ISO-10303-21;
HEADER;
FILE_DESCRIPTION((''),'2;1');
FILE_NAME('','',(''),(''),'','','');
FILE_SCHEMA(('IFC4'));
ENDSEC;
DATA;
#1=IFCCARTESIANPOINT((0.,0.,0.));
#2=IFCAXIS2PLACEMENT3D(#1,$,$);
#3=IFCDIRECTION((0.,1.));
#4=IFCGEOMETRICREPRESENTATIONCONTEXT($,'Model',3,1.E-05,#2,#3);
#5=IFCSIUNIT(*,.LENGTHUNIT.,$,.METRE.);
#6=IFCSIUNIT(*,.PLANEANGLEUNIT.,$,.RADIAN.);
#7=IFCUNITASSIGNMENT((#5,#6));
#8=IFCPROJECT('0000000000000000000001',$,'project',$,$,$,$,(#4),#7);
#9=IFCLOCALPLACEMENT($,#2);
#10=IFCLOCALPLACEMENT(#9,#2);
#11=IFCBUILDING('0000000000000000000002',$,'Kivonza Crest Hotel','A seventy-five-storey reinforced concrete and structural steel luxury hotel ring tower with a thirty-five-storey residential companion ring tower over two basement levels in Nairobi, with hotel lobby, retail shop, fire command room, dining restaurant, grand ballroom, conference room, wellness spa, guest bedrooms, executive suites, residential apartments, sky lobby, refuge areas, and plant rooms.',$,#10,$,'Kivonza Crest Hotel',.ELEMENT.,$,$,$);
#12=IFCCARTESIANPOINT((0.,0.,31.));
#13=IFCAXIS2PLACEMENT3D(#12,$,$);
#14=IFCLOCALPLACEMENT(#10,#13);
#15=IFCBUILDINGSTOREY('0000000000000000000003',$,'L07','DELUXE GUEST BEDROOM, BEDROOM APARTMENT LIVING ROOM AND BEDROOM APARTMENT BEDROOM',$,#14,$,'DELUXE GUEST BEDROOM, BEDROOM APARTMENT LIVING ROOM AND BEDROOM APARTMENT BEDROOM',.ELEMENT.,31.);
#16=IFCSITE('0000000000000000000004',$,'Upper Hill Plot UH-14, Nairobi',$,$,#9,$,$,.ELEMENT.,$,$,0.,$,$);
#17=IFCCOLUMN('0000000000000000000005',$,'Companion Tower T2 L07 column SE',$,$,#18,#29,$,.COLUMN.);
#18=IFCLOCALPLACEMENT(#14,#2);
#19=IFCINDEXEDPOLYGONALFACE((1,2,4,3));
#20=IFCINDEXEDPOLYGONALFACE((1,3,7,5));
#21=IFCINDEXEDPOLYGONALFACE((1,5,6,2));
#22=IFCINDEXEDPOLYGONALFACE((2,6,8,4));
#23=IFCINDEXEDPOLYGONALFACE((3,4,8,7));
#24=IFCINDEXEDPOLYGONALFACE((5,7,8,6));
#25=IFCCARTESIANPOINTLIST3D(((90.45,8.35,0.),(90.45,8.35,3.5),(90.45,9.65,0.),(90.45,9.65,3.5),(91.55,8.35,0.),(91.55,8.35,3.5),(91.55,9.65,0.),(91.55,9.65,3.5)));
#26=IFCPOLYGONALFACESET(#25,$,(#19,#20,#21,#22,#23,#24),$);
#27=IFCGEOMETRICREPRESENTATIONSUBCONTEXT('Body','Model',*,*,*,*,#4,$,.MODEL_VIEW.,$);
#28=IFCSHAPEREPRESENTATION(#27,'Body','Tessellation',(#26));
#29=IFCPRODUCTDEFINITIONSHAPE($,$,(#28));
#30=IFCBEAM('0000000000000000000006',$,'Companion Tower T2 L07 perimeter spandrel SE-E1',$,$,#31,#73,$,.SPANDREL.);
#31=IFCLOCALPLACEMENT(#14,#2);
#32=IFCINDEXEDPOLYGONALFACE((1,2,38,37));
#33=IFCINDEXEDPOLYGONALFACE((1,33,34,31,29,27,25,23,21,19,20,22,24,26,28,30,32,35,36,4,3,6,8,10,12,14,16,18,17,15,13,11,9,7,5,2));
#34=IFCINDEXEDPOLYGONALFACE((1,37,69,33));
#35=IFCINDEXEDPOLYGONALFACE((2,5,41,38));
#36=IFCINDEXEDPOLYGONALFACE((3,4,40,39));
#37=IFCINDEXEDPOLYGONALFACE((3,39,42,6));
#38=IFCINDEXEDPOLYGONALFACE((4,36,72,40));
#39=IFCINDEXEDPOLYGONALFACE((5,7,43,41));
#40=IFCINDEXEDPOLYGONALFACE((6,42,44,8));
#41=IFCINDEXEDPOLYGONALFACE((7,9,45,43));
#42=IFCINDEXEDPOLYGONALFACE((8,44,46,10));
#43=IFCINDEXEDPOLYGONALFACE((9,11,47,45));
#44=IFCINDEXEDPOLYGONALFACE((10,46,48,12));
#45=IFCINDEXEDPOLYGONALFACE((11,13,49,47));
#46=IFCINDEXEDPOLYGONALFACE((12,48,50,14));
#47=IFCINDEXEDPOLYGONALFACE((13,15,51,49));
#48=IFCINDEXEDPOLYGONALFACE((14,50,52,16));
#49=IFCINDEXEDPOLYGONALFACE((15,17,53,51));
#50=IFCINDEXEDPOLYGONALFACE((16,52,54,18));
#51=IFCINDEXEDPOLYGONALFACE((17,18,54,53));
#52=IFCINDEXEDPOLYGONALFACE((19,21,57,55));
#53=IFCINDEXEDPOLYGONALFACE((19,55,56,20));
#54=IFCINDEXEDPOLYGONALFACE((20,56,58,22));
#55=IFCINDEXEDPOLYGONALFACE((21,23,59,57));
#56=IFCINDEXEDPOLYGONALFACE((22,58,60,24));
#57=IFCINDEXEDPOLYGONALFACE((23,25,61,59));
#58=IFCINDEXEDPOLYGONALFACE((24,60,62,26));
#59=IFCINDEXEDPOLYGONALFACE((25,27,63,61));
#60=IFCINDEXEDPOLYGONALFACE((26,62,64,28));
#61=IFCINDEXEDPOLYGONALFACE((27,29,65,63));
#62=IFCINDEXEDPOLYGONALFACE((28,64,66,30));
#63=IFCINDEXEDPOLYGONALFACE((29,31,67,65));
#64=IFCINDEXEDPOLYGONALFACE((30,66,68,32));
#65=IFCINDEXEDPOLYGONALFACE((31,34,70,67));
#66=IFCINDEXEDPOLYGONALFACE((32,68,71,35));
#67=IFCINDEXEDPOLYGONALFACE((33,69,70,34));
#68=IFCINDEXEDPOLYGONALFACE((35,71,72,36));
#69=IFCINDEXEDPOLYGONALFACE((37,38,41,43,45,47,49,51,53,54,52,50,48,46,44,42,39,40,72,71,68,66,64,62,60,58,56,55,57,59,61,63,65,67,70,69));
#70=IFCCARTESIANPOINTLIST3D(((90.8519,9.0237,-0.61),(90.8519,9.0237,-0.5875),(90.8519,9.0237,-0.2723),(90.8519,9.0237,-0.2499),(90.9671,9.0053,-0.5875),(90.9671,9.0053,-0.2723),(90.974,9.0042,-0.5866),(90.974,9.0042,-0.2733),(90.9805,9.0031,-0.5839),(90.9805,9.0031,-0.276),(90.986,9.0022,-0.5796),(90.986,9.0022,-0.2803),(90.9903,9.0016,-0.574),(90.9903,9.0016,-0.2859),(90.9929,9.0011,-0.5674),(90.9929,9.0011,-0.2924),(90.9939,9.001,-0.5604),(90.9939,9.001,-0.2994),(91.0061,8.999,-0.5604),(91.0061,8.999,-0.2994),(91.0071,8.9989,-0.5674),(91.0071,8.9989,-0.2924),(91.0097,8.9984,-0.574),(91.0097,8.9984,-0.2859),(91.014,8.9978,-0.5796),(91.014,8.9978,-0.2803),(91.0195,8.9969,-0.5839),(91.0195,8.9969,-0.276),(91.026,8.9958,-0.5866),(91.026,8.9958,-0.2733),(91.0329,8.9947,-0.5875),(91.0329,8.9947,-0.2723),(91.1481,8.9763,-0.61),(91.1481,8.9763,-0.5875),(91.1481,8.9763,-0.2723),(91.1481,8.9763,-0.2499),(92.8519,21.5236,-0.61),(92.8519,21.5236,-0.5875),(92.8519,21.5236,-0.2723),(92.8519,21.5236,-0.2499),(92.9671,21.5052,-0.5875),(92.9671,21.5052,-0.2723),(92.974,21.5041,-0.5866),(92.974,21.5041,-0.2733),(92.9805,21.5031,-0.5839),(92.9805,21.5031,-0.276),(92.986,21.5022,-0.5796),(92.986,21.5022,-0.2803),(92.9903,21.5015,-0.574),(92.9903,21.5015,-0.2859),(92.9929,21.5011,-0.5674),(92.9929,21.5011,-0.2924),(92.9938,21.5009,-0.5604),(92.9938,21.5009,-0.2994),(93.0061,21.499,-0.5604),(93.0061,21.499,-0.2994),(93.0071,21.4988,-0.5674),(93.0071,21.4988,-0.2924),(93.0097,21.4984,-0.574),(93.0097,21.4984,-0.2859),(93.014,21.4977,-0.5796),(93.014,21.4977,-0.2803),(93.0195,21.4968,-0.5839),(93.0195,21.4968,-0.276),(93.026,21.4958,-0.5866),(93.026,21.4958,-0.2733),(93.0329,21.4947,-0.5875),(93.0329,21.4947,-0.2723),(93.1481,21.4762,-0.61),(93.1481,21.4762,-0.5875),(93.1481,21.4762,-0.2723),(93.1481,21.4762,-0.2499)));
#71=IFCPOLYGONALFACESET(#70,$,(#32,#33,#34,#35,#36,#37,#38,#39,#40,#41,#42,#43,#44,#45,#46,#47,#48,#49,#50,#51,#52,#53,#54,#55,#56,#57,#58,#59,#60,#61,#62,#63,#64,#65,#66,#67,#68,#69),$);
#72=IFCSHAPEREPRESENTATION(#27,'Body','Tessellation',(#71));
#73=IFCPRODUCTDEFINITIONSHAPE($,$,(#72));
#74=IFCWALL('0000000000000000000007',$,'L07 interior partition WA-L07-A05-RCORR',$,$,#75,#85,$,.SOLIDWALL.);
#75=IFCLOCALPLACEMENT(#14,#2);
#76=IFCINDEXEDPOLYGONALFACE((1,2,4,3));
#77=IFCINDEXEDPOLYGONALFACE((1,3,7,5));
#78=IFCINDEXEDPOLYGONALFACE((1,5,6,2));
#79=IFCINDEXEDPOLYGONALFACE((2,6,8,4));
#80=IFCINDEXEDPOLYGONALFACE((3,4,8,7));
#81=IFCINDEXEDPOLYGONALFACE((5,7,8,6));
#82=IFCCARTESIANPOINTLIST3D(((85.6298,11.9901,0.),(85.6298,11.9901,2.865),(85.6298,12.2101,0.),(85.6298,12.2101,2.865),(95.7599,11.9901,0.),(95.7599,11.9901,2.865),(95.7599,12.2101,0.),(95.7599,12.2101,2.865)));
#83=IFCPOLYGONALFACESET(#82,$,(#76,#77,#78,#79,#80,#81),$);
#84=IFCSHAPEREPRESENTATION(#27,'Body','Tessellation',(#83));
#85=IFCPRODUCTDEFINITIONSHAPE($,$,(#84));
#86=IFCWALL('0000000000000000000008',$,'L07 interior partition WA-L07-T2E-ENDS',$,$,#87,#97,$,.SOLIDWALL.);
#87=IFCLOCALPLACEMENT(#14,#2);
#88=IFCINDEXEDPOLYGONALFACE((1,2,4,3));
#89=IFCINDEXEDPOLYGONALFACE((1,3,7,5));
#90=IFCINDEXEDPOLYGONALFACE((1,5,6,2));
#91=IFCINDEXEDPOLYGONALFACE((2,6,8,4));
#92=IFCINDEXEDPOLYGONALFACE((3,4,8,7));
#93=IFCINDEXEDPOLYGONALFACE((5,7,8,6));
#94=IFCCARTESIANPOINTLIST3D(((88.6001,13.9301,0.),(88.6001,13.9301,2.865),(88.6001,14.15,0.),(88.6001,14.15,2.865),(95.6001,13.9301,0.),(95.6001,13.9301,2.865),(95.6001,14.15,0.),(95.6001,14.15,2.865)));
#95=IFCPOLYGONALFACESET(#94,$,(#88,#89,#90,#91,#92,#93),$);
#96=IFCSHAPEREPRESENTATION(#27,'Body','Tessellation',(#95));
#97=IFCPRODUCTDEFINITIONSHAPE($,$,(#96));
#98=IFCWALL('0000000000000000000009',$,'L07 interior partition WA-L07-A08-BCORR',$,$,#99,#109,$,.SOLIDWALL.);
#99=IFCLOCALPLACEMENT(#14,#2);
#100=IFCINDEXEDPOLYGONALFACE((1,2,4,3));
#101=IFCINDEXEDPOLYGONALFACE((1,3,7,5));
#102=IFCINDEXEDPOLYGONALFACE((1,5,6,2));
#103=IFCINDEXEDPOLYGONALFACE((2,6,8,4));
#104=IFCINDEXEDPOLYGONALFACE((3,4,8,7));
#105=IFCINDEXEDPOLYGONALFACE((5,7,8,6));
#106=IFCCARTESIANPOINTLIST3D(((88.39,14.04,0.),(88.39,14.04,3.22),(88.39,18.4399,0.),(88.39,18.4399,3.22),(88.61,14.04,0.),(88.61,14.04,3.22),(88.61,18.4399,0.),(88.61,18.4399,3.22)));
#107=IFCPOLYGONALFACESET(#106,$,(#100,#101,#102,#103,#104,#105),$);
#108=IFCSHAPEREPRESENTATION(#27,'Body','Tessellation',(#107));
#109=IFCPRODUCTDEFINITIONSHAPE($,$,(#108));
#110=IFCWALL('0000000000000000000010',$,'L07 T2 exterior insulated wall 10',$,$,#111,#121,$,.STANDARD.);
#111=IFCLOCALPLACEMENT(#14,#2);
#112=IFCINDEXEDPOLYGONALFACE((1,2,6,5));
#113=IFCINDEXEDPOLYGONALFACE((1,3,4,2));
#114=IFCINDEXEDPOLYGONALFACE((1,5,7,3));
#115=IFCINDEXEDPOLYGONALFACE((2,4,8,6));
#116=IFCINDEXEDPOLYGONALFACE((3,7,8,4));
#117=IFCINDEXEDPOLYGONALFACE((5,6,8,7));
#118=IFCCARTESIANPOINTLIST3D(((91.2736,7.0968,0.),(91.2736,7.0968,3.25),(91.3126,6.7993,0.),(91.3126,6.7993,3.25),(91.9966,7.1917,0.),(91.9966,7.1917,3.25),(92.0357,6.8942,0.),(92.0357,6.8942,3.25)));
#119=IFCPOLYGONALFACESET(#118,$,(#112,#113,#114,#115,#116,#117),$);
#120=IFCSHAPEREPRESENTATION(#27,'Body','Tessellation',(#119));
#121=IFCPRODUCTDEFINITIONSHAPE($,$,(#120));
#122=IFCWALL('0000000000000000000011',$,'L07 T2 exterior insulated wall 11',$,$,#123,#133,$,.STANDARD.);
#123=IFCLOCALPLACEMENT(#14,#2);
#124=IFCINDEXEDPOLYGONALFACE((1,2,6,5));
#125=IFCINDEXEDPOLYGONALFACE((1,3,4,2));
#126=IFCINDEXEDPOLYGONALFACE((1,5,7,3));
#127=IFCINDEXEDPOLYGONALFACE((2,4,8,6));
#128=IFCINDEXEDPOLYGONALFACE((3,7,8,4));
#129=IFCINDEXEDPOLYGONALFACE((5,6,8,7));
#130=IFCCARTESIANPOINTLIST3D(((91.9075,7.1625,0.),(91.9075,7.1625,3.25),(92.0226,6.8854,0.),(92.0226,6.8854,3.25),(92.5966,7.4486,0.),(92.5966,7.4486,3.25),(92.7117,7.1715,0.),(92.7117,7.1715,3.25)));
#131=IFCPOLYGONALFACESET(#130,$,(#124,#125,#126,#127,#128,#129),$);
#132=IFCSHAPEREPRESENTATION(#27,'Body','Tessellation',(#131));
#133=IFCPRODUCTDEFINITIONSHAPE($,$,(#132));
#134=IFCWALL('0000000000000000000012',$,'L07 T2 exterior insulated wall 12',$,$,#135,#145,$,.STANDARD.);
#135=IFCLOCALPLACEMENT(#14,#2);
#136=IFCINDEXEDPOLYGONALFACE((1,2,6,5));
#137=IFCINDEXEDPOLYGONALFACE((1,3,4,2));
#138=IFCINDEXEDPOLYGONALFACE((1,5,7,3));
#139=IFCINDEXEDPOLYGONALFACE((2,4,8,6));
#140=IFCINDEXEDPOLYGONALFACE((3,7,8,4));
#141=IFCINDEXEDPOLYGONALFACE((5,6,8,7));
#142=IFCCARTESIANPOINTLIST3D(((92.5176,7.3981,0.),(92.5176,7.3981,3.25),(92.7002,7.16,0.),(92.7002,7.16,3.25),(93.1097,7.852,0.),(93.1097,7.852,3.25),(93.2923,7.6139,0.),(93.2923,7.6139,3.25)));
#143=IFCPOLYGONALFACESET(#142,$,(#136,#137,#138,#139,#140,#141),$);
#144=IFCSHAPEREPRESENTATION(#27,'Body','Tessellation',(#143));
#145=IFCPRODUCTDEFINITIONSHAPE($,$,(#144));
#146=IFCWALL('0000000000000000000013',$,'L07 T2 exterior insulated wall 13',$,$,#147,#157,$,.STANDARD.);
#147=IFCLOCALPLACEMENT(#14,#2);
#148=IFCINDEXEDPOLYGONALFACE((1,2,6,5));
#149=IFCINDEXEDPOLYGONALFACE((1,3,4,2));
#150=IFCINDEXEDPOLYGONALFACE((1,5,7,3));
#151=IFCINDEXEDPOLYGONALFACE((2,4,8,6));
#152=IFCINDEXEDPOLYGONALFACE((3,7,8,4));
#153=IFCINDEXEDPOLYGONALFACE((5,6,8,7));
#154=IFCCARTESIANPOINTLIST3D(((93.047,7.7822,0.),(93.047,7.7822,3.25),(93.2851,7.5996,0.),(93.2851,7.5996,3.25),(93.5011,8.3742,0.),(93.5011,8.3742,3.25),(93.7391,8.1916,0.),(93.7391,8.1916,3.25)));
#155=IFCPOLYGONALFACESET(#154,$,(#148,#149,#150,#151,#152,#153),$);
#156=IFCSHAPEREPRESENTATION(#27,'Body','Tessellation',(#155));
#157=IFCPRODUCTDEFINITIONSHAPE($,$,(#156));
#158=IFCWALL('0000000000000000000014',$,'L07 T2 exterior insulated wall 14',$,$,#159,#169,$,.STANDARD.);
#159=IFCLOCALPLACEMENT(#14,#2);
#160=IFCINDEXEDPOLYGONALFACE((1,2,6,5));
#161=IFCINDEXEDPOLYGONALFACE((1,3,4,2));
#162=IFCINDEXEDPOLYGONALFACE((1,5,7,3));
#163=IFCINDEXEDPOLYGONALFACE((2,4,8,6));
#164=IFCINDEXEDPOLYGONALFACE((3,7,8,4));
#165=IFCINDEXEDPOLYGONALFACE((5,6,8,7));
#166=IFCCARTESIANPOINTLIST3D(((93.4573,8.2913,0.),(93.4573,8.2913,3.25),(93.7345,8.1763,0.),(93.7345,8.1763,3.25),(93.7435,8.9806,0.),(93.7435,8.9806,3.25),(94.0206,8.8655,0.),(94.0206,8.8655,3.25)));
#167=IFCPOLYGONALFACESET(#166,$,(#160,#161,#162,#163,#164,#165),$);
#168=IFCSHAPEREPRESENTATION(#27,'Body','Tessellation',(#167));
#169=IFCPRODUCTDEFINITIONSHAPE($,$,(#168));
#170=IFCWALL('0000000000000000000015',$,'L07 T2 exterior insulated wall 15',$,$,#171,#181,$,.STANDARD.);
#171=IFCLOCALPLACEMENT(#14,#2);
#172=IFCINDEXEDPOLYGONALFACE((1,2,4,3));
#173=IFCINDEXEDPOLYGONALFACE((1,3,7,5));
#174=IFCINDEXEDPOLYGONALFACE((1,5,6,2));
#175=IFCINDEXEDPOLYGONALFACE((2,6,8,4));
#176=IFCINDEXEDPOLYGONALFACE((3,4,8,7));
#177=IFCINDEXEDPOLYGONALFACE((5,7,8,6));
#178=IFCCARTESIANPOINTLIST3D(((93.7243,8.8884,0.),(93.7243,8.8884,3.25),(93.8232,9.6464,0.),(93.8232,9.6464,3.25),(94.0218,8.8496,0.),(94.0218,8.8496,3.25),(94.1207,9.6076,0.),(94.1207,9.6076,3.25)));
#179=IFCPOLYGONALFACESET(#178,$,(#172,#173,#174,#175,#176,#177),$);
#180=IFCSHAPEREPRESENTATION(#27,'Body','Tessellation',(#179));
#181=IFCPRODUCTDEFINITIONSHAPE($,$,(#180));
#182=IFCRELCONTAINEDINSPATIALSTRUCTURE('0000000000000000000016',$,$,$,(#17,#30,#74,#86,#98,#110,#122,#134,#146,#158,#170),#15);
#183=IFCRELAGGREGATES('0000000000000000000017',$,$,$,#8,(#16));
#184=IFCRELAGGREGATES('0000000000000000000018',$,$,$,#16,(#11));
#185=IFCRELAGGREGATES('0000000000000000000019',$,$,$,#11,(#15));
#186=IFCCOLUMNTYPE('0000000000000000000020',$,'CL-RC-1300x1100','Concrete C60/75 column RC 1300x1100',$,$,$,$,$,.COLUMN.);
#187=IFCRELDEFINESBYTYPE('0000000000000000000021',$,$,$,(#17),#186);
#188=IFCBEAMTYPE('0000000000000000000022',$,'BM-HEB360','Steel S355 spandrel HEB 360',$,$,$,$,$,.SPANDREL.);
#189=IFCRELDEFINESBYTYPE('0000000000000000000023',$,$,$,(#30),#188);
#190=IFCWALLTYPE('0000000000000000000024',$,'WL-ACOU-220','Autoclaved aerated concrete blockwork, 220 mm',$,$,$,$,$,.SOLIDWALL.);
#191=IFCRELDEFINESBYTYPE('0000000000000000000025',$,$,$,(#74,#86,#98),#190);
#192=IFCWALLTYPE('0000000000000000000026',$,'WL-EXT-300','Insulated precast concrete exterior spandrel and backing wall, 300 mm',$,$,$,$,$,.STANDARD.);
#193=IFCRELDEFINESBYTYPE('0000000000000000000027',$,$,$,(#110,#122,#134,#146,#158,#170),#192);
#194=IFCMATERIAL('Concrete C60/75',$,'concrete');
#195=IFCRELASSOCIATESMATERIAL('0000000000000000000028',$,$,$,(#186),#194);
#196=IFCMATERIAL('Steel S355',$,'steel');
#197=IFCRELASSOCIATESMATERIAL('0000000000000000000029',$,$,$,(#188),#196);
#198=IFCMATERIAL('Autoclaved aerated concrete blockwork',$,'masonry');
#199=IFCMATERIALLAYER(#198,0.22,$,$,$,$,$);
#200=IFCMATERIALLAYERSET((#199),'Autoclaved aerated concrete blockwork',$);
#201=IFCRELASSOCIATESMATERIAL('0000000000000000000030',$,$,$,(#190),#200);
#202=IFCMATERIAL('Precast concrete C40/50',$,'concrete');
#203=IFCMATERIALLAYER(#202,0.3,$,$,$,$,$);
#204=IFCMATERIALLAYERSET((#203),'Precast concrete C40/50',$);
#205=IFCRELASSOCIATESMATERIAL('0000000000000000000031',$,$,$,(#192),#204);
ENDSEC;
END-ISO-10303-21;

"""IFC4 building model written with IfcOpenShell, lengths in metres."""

from ifc_helpers import new_model, si_unit, direction, frame, frame_2d, origin, origin_2d, place, context, subcontext, project, spatial, rectangle, i_section, extrude, material, layer, layer_set, material_profile, profile_set, type_object, element, save


model = new_model("IFC4")

# Units and contexts
model_context = context("Model", 3, precision=1e-05, world=origin(), true_north=direction((0.0, 1.0)))
body_context = subcontext(model_context, "Body", "Model", "MODEL_VIEW")
ifc_project = project(units=[si_unit("LENGTHUNIT", "METRE"), si_unit("PLANEANGLEUNIT", "RADIAN")], contexts=[model_context])

# Site, building, storey
site_placement = place(None, origin())
site = spatial("IfcSite", under=ifc_project, at=site_placement, Name="Upper Hill Plot UH-14, Nairobi", CompositionType="ELEMENT", RefElevation=0.0)
building_placement = place(site_placement, origin())
building = spatial("IfcBuilding", under=site, at=building_placement, Name="Kivonza Crest Hotel", Description="A seventy-five-storey reinforced concrete and structural steel luxury hotel ring tower with a thirty-five-storey residential companion ring tower over two basement levels in Nairobi, with hotel lobby, retail shop, fire command room, dining restaurant, grand ballroom, conference room, wellness spa, guest bedrooms, executive suites, residential apartments, sky lobby, refuge areas, and plant rooms.", LongName="Kivonza Crest Hotel", CompositionType="ELEMENT")
storey_placement = place(building_placement, frame((0.0, 0.0, 31.0)))
storey = spatial("IfcBuildingStorey", under=building, at=storey_placement, Name="L07", Description="DELUXE GUEST BEDROOM, BEDROOM APARTMENT LIVING ROOM AND BEDROOM APARTMENT BEDROOM", LongName="DELUXE GUEST BEDROOM, BEDROOM APARTMENT LIVING ROOM AND BEDROOM APARTMENT BEDROOM", CompositionType="ELEMENT", Elevation=31.0)

# Column
ifc_material_1 = material(Name="Concrete C60/75", Category="concrete")
ifc_material_profile_1 = material_profile(ifc_material_1, rectangle(XDim=1.1001, YDim=1.3, at=origin_2d()), Name="RC 1300x1100")
ifc_profile_set_1 = profile_set([ifc_material_profile_1], Name="Concrete C60/75")
column_type = type_object("IfcColumnType", Name="CL-RC-1300x1100", Description="Concrete C60/75 column RC 1300x1100", PredefinedType="COLUMN", material=ifc_profile_set_1)
column_placement = place(storey_placement, frame((91.0, 9.0, 0.0), z_axis=(0.0, 0.0, 1.0), x_axis=(1.0, 0.0, 0.0)))
element("IfcColumn", 1, at=column_placement, inside=storey, type_object=column_type, Name="Companion Tower T2 L07 column SE", PredefinedType="COLUMN", context=body_context, shape_type="SweptSolid", body=[
    extrude(rectangle(XDim=1.1001, YDim=1.3, at=origin_2d()), origin(), (0.0, 0.0, 1.0), 3.5),
])

# Beam
ifc_material_2 = material(Name="Steel S355", Category="steel")
ifc_material_profile_2 = material_profile(ifc_material_2, i_section(OverallWidth=0.3, OverallDepth=0.3601, WebThickness=0.0125, FlangeThickness=0.0225, FilletRadius=0.0271, at=origin_2d()), Name="HEB 360")
ifc_profile_set_2 = profile_set([ifc_material_profile_2], Name="Steel S355")
beam_type = type_object("IfcBeamType", Name="BM-HEB360", Description="Steel S355 spandrel HEB 360", PredefinedType="SPANDREL", material=ifc_profile_set_2)
beam_placement = place(storey_placement, frame((91.0, 9.0, -0.4299), z_axis=(0.157991, 0.987441, 0.0), x_axis=(-0.987441, 0.157991, 0.0)))
element("IfcBeam", 2, at=beam_placement, inside=storey, type_object=beam_type, Name="Companion Tower T2 L07 perimeter spandrel SE-E1", PredefinedType="SPANDREL", context=body_context, shape_type="SweptSolid", body=[
    extrude(i_section(OverallWidth=0.3, OverallDepth=0.3601, WebThickness=0.0125, FlangeThickness=0.0225, FilletRadius=0.0271, at=origin_2d()), origin(), (0.0, 0.0, 1.0), 12.6589),
])

# Walls
ifc_material_3 = material(Name="Autoclaved aerated concrete blockwork", Category="masonry")
ifc_layer_1 = layer(ifc_material_3, 0.22)
ifc_layer_set_1 = layer_set([ifc_layer_1], Name="Autoclaved aerated concrete blockwork")
wall_type_1 = type_object("IfcWallType", Name="WL-ACOU-220", Description="Autoclaved aerated concrete blockwork, 220 mm", PredefinedType="SOLIDWALL", material=ifc_layer_set_1)
wall_1_placement = place(storey_placement, frame((85.6299, 12.1001, 0.0), z_axis=(0.0, 0.0, 1.0), x_axis=(1.0, 0.0, 0.0)))
element("IfcWall", 3, at=wall_1_placement, inside=storey, type_object=wall_type_1, Name="L07 interior partition WA-L07-A05-RCORR", PredefinedType="SOLIDWALL", context=body_context, shape_type="SweptSolid", body=[
    extrude(rectangle(XDim=10.1301, YDim=0.22, at=frame_2d((5.0649, 0.0))), origin(), (0.0, 0.0, 1.0), 2.865),
])
wall_2_placement = place(storey_placement, frame((88.6001, 14.04, 0.0), z_axis=(0.0, 0.0, 1.0), x_axis=(1.0, 0.0, 0.0)))
element("IfcWall", 4, at=wall_2_placement, inside=storey, type_object=wall_type_1, Name="L07 interior partition WA-L07-T2E-ENDS", PredefinedType="SOLIDWALL", context=body_context, shape_type="SweptSolid", body=[
    extrude(rectangle(XDim=7.0, YDim=0.22, at=frame_2d((3.5, 0.0))), origin(), (0.0, 0.0, 1.0), 2.865),
])
wall_3_placement = place(storey_placement, frame((88.5, 14.04, 0.0), z_axis=(0.0, 0.0, 1.0), x_axis=(0.0, 1.0, 0.0)))
element("IfcWall", 5, at=wall_3_placement, inside=storey, type_object=wall_type_1, Name="L07 interior partition WA-L07-A08-BCORR", PredefinedType="SOLIDWALL", context=body_context, shape_type="SweptSolid", body=[
    extrude(rectangle(XDim=4.3999, YDim=0.22, at=frame_2d((2.2, 0.0))), origin(), (0.0, 0.0, 1.0), 3.22),
])
ifc_material_4 = material(Name="Precast concrete C40/50", Category="concrete")
ifc_layer_2 = layer(ifc_material_4, 0.3)
ifc_layer_set_2 = layer_set([ifc_layer_2], Name="Precast concrete C40/50")
wall_type_2 = type_object("IfcWallType", Name="WL-EXT-300", Description="Insulated precast concrete exterior spandrel and backing wall, 300 mm", PredefinedType="STANDARD", material=ifc_layer_set_2)
wall_4_placement = place(storey_placement, frame((91.293, 6.948, 0.0), z_axis=(0.0, 0.0, 1.0), x_axis=(0.991486, 0.130212, 0.0)))
element("IfcWall", 6, at=wall_4_placement, inside=storey, type_object=wall_type_2, Name="L07 T2 exterior insulated wall 10", PredefinedType="STANDARD", context=body_context, shape_type="SweptSolid", body=[
    extrude(rectangle(XDim=0.7292, YDim=0.3, at=frame_2d((0.3647, 0.0))), origin(), (0.0, 0.0, 1.0), 3.25),
])
for number, where, z_axis, x_axis, name in (
    (7, (91.9651, 7.0239, 0.0), (0.0, 0.0, 1.0), (0.923522, 0.383546, 0.0), "L07 T2 exterior insulated wall 11"),
    (8, (92.6089, 7.2791, 0.0), (0.0, 0.0, 1.0), (0.793633, 0.608397, 0.0), "L07 T2 exterior insulated wall 12"),
    (9, (93.166, 7.6909, 0.0), (0.0, 0.0, 1.0), (0.608603, 0.793475, 0.0), "L07 T2 exterior insulated wall 13"),
):
    element("IfcWall", number, at=place(storey_placement, frame(where, z_axis=z_axis, x_axis=x_axis)), inside=storey, type_object=wall_type_2, Name=name, PredefinedType="STANDARD", context=body_context, shape_type="SweptSolid", body=[
        extrude(rectangle(XDim=0.7461, YDim=0.3, at=frame_2d((0.373, 0.0))), origin(), (0.0, 0.0, 1.0), 3.25),
    ])
wall_5_placement = place(storey_placement, frame((93.5959, 8.2339, 0.0), z_axis=(0.0, 0.0, 1.0), x_axis=(0.38343, 0.92357, 0.0)))
element("IfcWall", 10, at=wall_5_placement, inside=storey, type_object=wall_type_2, Name="L07 T2 exterior insulated wall 14", PredefinedType="STANDARD", context=body_context, shape_type="SweptSolid", body=[
    extrude(rectangle(XDim=0.7463, YDim=0.3, at=frame_2d((0.373, 0.0))), origin(), (0.0, 0.0, 1.0), 3.25),
])
wall_6_placement = place(storey_placement, frame((93.873, 8.8689, 0.0), z_axis=(0.0, 0.0, 1.0), x_axis=(0.129339, 0.9916, 0.0)))
element("IfcWall", 11, at=wall_6_placement, inside=storey, type_object=wall_type_2, Name="L07 T2 exterior insulated wall 15", PredefinedType="STANDARD", context=body_context, shape_type="SweptSolid", body=[
    extrude(rectangle(XDim=0.7644, YDim=0.3, at=frame_2d((0.3823, 0.0))), origin(), (0.0, 0.0, 1.0), 3.25),
])

save(model, "model.ifc")
